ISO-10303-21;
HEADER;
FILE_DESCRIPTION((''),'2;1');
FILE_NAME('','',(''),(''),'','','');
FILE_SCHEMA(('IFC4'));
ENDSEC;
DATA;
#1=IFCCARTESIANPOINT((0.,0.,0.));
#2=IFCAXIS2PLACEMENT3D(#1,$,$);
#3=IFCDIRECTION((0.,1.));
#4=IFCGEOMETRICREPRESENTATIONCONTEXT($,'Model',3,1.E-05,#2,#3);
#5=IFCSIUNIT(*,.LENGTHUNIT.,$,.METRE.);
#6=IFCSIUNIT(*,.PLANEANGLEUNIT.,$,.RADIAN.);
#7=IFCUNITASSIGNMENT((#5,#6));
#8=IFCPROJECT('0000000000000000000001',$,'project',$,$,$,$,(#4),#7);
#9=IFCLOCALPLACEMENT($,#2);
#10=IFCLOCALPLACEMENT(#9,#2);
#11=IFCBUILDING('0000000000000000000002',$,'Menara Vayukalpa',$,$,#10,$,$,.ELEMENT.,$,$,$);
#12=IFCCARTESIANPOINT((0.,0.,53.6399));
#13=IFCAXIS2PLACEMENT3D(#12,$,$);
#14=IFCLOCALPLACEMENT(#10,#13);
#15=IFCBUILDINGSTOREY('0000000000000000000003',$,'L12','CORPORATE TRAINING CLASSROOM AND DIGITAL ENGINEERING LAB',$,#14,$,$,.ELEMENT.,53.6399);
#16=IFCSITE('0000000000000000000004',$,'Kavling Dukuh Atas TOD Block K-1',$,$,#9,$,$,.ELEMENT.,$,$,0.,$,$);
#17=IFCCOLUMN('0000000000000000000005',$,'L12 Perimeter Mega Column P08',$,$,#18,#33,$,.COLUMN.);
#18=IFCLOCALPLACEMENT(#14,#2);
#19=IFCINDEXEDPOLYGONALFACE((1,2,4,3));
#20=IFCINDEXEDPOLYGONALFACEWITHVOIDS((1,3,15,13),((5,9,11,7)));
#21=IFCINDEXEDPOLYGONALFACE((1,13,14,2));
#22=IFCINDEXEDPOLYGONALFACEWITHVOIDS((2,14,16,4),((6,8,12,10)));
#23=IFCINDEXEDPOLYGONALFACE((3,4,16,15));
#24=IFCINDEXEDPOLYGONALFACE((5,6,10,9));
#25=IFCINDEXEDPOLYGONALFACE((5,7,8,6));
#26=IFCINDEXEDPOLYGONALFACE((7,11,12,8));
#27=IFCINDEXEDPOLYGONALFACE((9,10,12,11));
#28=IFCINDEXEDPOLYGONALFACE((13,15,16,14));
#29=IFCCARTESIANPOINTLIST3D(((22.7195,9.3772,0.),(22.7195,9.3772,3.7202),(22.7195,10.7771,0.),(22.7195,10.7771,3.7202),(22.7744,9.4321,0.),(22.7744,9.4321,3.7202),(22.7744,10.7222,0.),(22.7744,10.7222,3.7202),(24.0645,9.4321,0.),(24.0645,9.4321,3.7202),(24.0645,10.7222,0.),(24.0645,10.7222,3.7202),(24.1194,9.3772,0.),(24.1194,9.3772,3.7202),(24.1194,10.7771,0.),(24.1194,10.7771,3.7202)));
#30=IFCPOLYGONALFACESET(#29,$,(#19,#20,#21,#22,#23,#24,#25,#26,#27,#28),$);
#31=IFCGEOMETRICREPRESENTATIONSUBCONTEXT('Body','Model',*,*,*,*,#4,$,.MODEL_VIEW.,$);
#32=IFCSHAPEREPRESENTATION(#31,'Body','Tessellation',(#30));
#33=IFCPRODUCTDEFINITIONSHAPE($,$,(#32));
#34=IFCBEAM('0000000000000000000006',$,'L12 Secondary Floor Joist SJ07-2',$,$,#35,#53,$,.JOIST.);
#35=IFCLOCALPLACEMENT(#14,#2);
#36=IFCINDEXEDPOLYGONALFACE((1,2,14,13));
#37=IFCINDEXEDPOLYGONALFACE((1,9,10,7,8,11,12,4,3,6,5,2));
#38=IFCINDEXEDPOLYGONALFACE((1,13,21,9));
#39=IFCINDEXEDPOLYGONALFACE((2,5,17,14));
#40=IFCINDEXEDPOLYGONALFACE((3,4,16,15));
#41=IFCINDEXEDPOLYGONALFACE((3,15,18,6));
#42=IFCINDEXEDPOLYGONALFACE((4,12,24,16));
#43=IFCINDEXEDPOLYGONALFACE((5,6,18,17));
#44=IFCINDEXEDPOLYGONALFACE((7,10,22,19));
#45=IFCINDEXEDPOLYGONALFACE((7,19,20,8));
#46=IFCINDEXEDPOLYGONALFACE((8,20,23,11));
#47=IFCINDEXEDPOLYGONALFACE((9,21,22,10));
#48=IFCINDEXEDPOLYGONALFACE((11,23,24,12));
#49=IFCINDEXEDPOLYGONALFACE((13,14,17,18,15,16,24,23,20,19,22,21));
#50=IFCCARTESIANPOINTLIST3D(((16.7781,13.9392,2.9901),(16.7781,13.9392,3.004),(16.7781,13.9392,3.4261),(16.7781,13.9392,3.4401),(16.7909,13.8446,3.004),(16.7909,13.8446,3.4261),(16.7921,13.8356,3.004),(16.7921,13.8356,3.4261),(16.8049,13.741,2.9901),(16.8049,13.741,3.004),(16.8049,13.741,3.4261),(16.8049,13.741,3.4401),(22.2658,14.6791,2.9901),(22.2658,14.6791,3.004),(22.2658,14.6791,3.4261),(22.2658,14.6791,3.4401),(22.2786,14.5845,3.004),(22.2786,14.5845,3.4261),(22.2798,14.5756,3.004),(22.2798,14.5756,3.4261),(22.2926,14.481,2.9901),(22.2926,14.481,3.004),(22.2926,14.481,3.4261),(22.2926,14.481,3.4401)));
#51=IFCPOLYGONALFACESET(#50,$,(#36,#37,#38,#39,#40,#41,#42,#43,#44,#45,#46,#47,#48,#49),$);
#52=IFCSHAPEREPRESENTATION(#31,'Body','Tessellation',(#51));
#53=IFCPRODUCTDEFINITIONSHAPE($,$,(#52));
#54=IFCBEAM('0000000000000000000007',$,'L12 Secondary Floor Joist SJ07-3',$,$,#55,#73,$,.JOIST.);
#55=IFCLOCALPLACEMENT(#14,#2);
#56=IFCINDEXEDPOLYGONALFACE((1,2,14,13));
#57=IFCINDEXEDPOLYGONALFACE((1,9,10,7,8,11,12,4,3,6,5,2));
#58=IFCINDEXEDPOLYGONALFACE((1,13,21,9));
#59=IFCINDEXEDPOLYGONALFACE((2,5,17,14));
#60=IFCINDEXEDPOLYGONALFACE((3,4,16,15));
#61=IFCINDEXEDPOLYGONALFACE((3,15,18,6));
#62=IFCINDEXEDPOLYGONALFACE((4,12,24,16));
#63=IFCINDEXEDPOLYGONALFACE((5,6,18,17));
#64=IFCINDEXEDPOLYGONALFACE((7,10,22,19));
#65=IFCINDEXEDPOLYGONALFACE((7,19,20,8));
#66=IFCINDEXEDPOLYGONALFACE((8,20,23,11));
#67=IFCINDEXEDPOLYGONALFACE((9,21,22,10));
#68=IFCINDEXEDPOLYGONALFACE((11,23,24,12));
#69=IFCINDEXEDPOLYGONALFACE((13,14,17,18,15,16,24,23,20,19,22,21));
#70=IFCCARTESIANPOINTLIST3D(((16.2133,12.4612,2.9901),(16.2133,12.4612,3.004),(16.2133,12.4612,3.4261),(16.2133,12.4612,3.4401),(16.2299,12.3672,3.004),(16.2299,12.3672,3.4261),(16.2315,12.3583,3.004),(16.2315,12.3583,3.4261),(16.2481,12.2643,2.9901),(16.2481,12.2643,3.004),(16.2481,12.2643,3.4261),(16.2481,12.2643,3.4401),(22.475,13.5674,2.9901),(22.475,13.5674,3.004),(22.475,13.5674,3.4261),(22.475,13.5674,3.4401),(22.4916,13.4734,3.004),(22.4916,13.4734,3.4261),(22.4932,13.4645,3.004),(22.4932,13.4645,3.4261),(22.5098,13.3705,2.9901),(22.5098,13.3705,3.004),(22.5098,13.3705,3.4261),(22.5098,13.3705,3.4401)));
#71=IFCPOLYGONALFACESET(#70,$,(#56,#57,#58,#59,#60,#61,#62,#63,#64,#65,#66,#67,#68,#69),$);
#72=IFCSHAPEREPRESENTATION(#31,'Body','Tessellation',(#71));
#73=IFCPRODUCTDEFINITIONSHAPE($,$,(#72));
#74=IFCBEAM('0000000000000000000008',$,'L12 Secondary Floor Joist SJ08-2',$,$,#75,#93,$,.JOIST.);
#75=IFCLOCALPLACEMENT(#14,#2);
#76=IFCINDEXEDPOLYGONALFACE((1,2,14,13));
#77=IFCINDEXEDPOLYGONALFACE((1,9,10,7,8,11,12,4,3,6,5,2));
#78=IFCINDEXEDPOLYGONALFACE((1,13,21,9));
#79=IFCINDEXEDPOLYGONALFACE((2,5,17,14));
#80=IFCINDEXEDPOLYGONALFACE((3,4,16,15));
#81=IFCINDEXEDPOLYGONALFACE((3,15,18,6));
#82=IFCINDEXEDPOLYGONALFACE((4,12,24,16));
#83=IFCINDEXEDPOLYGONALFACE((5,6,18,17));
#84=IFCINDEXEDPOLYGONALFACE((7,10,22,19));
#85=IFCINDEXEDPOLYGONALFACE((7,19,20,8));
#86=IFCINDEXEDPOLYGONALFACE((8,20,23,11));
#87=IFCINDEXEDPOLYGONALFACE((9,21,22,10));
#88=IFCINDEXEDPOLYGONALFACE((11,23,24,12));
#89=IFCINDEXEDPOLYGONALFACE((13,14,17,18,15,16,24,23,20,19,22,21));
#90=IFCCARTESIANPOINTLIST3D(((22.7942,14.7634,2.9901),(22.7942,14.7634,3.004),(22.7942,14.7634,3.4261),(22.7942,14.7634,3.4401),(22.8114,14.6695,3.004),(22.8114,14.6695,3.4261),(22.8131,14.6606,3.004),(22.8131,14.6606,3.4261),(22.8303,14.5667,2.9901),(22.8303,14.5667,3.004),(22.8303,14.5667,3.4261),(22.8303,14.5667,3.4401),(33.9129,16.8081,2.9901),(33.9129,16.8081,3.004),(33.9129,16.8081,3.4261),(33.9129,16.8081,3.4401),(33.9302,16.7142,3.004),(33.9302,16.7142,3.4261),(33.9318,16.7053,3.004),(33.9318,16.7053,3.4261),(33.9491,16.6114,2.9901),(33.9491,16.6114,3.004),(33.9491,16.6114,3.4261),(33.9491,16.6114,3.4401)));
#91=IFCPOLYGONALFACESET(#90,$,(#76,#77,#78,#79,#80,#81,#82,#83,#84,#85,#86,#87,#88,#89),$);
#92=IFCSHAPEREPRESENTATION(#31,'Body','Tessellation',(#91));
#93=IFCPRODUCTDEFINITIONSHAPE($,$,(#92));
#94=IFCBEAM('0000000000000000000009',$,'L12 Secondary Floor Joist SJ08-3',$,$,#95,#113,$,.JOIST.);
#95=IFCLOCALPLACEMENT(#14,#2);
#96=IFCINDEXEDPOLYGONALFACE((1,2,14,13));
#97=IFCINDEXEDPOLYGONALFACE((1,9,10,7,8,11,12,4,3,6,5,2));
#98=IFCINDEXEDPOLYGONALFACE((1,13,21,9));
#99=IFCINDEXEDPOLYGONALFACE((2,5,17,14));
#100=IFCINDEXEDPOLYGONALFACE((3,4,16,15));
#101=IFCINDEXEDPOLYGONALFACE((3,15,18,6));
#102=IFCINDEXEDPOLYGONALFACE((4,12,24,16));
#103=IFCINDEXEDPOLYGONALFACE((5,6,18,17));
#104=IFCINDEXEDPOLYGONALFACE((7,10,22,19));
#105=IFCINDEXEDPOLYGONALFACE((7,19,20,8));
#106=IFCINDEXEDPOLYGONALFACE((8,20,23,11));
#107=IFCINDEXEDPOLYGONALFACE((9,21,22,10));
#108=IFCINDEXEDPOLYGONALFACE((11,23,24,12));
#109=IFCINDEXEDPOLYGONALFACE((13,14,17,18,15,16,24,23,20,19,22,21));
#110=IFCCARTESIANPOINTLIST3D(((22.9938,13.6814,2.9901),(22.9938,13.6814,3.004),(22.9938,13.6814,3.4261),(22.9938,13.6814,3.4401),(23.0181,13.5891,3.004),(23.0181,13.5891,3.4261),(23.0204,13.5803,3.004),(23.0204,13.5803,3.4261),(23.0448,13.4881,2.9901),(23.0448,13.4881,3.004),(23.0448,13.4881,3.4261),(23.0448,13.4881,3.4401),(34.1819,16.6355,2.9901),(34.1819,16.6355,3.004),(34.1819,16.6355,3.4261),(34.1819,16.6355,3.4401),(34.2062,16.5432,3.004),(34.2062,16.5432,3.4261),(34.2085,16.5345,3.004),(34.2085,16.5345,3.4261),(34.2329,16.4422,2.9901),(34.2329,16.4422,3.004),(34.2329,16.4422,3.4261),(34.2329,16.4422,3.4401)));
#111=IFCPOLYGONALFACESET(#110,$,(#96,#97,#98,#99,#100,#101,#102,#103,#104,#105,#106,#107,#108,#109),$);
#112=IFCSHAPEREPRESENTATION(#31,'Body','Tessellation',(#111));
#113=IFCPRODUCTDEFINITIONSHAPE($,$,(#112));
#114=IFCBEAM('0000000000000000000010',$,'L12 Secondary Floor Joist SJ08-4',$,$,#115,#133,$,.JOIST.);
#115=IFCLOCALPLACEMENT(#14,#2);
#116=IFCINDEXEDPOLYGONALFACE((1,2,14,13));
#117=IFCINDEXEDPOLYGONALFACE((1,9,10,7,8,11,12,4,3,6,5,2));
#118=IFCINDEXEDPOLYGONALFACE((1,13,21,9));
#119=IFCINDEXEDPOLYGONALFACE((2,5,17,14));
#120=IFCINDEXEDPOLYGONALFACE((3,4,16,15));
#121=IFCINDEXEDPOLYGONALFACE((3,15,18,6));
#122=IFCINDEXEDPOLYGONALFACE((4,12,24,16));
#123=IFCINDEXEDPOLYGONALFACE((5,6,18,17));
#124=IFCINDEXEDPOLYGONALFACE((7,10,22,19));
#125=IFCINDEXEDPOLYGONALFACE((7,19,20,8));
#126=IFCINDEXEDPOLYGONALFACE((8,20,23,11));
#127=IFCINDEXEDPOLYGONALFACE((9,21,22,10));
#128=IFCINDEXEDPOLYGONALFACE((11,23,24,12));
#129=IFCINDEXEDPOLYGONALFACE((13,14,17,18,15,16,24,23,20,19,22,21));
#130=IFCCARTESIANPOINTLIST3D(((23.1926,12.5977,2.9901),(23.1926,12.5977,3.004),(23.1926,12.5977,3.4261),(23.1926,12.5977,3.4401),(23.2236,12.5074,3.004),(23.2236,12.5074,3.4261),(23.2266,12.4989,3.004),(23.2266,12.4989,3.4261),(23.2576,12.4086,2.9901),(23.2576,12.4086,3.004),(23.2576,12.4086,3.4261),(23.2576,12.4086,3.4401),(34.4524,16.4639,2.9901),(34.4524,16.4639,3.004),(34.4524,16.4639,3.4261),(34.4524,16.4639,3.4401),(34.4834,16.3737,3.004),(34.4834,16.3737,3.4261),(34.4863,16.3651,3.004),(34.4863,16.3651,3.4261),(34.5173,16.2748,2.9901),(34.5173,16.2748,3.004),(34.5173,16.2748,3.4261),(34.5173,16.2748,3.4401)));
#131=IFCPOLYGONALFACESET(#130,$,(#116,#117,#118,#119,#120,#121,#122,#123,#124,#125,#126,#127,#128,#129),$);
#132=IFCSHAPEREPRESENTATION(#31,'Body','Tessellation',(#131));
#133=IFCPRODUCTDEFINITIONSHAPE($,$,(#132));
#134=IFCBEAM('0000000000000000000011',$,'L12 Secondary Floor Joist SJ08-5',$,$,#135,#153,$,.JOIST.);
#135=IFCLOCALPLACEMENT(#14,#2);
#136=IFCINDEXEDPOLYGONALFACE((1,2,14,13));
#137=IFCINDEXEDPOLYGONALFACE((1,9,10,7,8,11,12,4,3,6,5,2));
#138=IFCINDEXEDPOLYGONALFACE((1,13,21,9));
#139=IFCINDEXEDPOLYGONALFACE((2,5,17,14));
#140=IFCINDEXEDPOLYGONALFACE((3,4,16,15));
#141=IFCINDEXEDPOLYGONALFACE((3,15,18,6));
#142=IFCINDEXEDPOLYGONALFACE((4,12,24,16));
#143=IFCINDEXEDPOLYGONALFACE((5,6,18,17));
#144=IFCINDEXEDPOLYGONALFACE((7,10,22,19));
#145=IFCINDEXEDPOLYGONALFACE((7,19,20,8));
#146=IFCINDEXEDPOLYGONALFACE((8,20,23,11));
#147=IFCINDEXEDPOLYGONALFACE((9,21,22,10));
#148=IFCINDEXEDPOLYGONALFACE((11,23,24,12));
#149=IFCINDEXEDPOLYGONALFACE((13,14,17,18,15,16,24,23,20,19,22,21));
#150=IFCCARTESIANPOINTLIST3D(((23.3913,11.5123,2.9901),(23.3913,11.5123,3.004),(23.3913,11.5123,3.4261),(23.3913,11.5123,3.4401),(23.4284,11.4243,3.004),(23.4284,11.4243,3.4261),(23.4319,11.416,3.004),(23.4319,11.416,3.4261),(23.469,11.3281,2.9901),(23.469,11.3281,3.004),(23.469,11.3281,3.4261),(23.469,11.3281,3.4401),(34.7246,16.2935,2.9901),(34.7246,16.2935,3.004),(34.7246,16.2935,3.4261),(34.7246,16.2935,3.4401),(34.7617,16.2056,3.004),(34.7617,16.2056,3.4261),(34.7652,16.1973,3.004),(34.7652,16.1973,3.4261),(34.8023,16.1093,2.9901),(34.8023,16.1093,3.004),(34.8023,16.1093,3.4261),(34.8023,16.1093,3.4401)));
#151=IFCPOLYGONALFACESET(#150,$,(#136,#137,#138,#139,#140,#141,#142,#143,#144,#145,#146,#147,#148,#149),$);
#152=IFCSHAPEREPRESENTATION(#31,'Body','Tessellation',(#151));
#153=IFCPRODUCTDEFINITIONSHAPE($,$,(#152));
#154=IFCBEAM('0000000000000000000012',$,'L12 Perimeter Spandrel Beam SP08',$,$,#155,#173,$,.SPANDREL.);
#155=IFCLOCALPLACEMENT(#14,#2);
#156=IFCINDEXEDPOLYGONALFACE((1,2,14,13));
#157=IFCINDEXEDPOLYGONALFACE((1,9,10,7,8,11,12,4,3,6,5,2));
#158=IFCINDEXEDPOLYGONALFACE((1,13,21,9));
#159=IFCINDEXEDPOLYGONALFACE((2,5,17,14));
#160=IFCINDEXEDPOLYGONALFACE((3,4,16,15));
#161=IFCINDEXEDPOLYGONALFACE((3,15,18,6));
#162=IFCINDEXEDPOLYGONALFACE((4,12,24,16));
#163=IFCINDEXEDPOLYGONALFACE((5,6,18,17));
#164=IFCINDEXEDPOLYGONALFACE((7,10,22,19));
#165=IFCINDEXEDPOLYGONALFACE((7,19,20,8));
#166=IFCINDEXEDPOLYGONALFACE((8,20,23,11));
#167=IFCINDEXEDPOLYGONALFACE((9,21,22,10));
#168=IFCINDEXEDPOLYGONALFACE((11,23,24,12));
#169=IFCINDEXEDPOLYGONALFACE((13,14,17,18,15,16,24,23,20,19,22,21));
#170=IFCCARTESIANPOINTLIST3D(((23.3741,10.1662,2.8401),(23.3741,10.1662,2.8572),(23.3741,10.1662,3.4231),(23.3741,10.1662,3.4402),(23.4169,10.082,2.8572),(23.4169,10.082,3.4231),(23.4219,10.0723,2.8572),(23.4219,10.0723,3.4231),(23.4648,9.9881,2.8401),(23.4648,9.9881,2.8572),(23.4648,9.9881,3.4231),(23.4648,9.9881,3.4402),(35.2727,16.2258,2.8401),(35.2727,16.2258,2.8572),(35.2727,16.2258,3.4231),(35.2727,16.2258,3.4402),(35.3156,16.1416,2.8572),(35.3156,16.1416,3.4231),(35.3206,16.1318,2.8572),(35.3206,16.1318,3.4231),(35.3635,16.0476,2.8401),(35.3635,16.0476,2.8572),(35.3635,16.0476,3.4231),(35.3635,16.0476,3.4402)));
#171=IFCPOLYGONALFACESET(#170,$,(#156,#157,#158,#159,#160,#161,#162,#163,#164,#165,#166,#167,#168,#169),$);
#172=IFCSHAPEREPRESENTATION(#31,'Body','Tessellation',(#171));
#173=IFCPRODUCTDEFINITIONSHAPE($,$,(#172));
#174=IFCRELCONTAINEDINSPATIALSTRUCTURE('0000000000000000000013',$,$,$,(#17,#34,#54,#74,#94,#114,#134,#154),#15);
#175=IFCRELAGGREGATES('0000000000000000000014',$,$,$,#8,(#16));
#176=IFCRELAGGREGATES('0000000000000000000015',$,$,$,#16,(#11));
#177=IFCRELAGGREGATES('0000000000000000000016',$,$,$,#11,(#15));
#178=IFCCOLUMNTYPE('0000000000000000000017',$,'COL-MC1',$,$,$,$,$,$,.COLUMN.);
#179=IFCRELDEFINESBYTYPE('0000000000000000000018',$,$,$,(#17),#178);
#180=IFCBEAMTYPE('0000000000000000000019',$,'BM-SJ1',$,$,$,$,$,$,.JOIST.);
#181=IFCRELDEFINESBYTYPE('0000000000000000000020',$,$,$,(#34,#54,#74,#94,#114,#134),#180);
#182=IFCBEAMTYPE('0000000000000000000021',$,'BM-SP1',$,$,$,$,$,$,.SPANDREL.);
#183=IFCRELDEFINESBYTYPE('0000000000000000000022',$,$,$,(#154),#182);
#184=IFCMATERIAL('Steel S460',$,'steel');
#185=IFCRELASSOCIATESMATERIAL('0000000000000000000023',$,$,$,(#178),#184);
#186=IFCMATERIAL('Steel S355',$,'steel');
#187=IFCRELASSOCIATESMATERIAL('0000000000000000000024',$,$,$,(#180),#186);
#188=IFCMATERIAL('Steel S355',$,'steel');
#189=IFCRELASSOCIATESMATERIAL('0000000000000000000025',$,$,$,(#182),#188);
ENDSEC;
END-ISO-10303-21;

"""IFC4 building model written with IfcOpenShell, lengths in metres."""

from ifc_helpers import new_model, si_unit, direction, frame, origin, origin_2d, place, context, subcontext, project, spatial, hollow_rectangle, i_section, extrude, material, material_profile, profile_set, type_object, element, save


model = new_model("IFC4")

# Units and contexts
model_context = context("Model", 3, precision=1e-05, world=origin(), true_north=direction((0.0, 1.0)))
body_context = subcontext(model_context, "Body", "Model", "MODEL_VIEW")
ifc_project = project(units=[si_unit("LENGTHUNIT", "METRE"), si_unit("PLANEANGLEUNIT", "RADIAN")], contexts=[model_context])

# Site, building, storey
site_placement = place(None, origin())
site = spatial("IfcSite", under=ifc_project, at=site_placement, Name="Kavling Dukuh Atas TOD Block K-1", CompositionType="ELEMENT", RefElevation=0.0)
building_placement = place(site_placement, origin())
building = spatial("IfcBuilding", under=site, at=building_placement, Name="Menara Vayukalpa", CompositionType="ELEMENT")
storey_placement = place(building_placement, frame((0.0, 0.0, 53.6399)))
storey = spatial("IfcBuildingStorey", under=building, at=storey_placement, Name="L12", Description="CORPORATE TRAINING CLASSROOM AND DIGITAL ENGINEERING LAB", CompositionType="ELEMENT", Elevation=53.6399)

# Column
ifc_material_1 = material(Name="Steel S460", Category="steel")
ifc_material_profile_1 = material_profile(ifc_material_1, hollow_rectangle(XDim=1.3999, YDim=1.3999, WallThickness=0.0549, at=origin_2d()), Name="BOX 1400x1400x55")
ifc_profile_set_1 = profile_set([ifc_material_profile_1], Name="Steel S460")
column_type = type_object("IfcColumnType", Name="COL-MC1", PredefinedType="COLUMN", material=ifc_profile_set_1)
column_placement = place(storey_placement, frame((23.4194, 10.0771, 0.0), z_axis=(0.0, 0.0, 1.0), x_axis=(1.0, 0.0, 0.0)))
element("IfcColumn", 1, at=column_placement, inside=storey, type_object=column_type, Name="L12 Perimeter Mega Column P08", PredefinedType="COLUMN", context=body_context, shape_type="SweptSolid", body=[
    extrude(hollow_rectangle(XDim=1.3999, YDim=1.3999, WallThickness=0.0549, at=origin_2d()), origin(), (0.0, 0.0, 1.0), 3.7202),
])

# Beams
ifc_material_2 = material(Name="Steel S355", Category="steel")
ifc_material_profile_2 = material_profile(ifc_material_2, i_section(OverallWidth=0.2, OverallDepth=0.45, WebThickness=0.009, FlangeThickness=0.0139, at=origin_2d()), Name="WF 450x200x9x14")
ifc_profile_set_2 = profile_set([ifc_material_profile_2], Name="Steel S355")
beam_type_1 = type_object("IfcBeamType", Name="BM-SJ1", PredefinedType="JOIST", material=ifc_profile_set_2)
beam_1_placement = place(storey_placement, frame((16.7915, 13.8401, 3.2151), z_axis=(0.991031, 0.133634, 0.0), x_axis=(-0.133634, 0.991031, 0.0)))
element("IfcBeam", 2, at=beam_1_placement, inside=storey, type_object=beam_type_1, Name="L12 Secondary Floor Joist SJ07-2", PredefinedType="JOIST", context=body_context, shape_type="SweptSolid", body=[
    extrude(i_section(OverallWidth=0.2, OverallDepth=0.45, WebThickness=0.009, FlangeThickness=0.0139, at=origin_2d()), origin(), (0.0, 0.0, 1.0), 5.5374),
])
beam_2_placement = place(storey_placement, frame((16.2307, 12.3628, 3.2151), z_axis=(0.984751, 0.173967, 0.0), x_axis=(-0.173967, 0.984751, 0.0)))
element("IfcBeam", 3, at=beam_2_placement, inside=storey, type_object=beam_type_1, Name="L12 Secondary Floor Joist SJ07-3", PredefinedType="JOIST", context=body_context, shape_type="SweptSolid", body=[
    extrude(i_section(OverallWidth=0.2, OverallDepth=0.45, WebThickness=0.009, FlangeThickness=0.0139, at=origin_2d()), origin(), (0.0, 0.0, 1.0), 6.3586),
])
beam_3_placement = place(storey_placement, frame((22.8123, 14.665, 3.2151), z_axis=(0.983508, 0.180863, 0.0), x_axis=(-0.180863, 0.983508, 0.0)))
element("IfcBeam", 4, at=beam_3_placement, inside=storey, type_object=beam_type_1, Name="L12 Secondary Floor Joist SJ08-2", PredefinedType="JOIST", context=body_context, shape_type="SweptSolid", body=[
    extrude(i_section(OverallWidth=0.2, OverallDepth=0.45, WebThickness=0.009, FlangeThickness=0.0139, at=origin_2d()), origin(), (0.0, 0.0, 1.0), 11.3052),
])
beam_4_placement = place(storey_placement, frame((23.0193, 13.5847, 3.2151), z_axis=(0.966864, 0.255293, 0.0), x_axis=(-0.255293, 0.966864, 0.0)))
element("IfcBeam", 5, at=beam_4_placement, inside=storey, type_object=beam_type_1, Name="L12 Secondary Floor Joist SJ08-3", PredefinedType="JOIST", context=body_context, shape_type="SweptSolid", body=[
    extrude(i_section(OverallWidth=0.2, OverallDepth=0.45, WebThickness=0.009, FlangeThickness=0.0139, at=origin_2d()), origin(), (0.0, 0.0, 1.0), 11.5715),
])
beam_5_placement = place(storey_placement, frame((23.2251, 12.5032, 3.2151), z_axis=(0.945798, 0.324754, 0.0), x_axis=(-0.324754, 0.945798, 0.0)))
element("IfcBeam", 6, at=beam_5_placement, inside=storey, type_object=beam_type_1, Name="L12 Secondary Floor Joist SJ08-4", PredefinedType="JOIST", context=body_context, shape_type="SweptSolid", body=[
    extrude(i_section(OverallWidth=0.2, OverallDepth=0.45, WebThickness=0.009, FlangeThickness=0.0139, at=origin_2d()), origin(), (0.0, 0.0, 1.0), 11.905),
])
beam_6_placement = place(storey_placement, frame((23.4302, 11.4202, 3.2151), z_axis=(0.921363, 0.388703, 0.0), x_axis=(-0.388703, 0.921363, 0.0)))
element("IfcBeam", 7, at=beam_6_placement, inside=storey, type_object=beam_type_1, Name="L12 Secondary Floor Joist SJ08-5", PredefinedType="JOIST", context=body_context, shape_type="SweptSolid", body=[
    extrude(i_section(OverallWidth=0.2, OverallDepth=0.45, WebThickness=0.009, FlangeThickness=0.0139, at=origin_2d()), origin(), (0.0, 0.0, 1.0), 12.3005),
])
ifc_material_3 = material(Name="Steel S355", Category="steel")
ifc_material_profile_3 = material_profile(ifc_material_3, i_section(OverallWidth=0.2, OverallDepth=0.6001, WebThickness=0.011, FlangeThickness=0.0171, at=origin_2d()), Name="WF 600x200x11x17")
ifc_profile_set_3 = profile_set([ifc_material_profile_3], Name="Steel S355")
beam_type_2 = type_object("IfcBeamType", Name="BM-SP1", PredefinedType="SPANDREL", material=ifc_profile_set_3)
beam_7_placement = place(storey_placement, frame((23.4194, 10.0771, 3.1401), z_axis=(0.891101, 0.453806, 0.0), x_axis=(-0.453806, 0.891101, 0.0)))
element("IfcBeam", 8, at=beam_7_placement, inside=storey, type_object=beam_type_2, Name="L12 Perimeter Spandrel Beam SP08", PredefinedType="SPANDREL", context=body_context, shape_type="SweptSolid", body=[
    extrude(i_section(OverallWidth=0.2, OverallDepth=0.6001, WebThickness=0.011, FlangeThickness=0.0171, at=origin_2d()), origin(), (0.0, 0.0, 1.0), 13.3528),
])

save(model, "model.ifc")
